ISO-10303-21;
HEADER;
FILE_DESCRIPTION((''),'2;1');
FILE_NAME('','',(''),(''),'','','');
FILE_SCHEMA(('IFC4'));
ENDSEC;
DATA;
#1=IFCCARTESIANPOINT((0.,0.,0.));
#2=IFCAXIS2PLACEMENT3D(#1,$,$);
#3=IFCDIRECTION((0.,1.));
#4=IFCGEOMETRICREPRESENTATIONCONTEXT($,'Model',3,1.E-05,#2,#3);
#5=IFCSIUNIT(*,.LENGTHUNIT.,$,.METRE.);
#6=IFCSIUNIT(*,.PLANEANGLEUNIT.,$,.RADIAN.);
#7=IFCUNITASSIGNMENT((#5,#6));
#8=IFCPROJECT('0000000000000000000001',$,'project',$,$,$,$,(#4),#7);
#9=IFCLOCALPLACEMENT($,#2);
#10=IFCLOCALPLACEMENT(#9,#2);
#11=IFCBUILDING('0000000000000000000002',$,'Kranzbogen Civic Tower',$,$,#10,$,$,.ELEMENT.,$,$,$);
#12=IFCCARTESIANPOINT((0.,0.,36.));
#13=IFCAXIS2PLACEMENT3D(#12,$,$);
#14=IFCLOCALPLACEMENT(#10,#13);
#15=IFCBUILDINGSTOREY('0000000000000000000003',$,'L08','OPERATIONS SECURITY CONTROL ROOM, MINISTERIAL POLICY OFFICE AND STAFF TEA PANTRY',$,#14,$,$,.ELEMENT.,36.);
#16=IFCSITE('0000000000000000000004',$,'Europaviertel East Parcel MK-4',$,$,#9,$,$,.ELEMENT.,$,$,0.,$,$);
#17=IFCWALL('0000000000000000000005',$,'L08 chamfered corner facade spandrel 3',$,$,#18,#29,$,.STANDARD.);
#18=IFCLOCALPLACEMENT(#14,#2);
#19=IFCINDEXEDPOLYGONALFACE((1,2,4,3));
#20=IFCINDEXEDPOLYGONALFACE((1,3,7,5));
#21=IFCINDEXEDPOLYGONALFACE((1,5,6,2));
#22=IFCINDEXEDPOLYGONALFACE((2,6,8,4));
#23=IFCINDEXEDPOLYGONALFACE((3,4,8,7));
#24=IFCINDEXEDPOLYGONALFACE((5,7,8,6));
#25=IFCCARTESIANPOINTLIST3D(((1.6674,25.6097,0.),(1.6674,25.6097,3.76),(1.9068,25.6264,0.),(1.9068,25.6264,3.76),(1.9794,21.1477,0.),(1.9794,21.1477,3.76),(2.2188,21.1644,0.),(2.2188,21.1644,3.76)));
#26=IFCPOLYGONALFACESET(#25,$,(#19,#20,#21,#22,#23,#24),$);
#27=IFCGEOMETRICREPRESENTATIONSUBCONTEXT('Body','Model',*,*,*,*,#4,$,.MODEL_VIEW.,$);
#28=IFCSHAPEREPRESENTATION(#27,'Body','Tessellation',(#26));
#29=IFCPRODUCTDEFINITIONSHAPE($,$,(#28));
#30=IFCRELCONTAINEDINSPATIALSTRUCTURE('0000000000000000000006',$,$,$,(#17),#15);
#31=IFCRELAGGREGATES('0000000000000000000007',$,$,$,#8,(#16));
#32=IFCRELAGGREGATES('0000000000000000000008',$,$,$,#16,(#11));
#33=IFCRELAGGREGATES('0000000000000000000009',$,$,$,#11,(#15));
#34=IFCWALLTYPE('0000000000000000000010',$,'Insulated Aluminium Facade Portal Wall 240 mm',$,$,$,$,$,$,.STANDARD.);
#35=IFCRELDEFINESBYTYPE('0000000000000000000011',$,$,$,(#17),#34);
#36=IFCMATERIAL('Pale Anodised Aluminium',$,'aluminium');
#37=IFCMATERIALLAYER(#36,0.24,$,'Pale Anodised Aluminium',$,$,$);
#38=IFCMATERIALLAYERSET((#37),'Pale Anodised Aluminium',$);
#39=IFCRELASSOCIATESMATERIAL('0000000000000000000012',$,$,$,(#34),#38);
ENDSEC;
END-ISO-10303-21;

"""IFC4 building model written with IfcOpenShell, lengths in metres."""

from ifc_helpers import new_model, si_unit, direction, frame, frame_2d, origin, place, context, subcontext, project, spatial, rectangle, extrude, material, layer, layer_set, type_object, element, save


model = new_model("IFC4")

# Units and contexts
model_context = context("Model", 3, precision=1e-05, world=origin(), true_north=direction((0.0, 1.0)))
body_context = subcontext(model_context, "Body", "Model", "MODEL_VIEW")
ifc_project = project(units=[si_unit("LENGTHUNIT", "METRE"), si_unit("PLANEANGLEUNIT", "RADIAN")], contexts=[model_context])

# Site, building, storey
site_placement = place(None, origin())
site = spatial("IfcSite", under=ifc_project, at=site_placement, Name="Europaviertel East Parcel MK-4", CompositionType="ELEMENT", RefElevation=0.0)
building_placement = place(site_placement, origin())
building = spatial("IfcBuilding", under=site, at=building_placement, Name="Kranzbogen Civic Tower", CompositionType="ELEMENT")
storey_placement = place(building_placement, frame((0.0, 0.0, 36.0)))
storey = spatial("IfcBuildingStorey", under=building, at=storey_placement, Name="L08", Description="OPERATIONS SECURITY CONTROL ROOM, MINISTERIAL POLICY OFFICE AND STAFF TEA PANTRY", CompositionType="ELEMENT", Elevation=36.0)

# Shared definitions
ifc_material_1 = material(Name="Pale Anodised Aluminium", Category="aluminium")

# Shared definitions
ifc_layer_1 = layer(ifc_material_1, 0.24, Name="Pale Anodised Aluminium")
ifc_layer_set_1 = layer_set([ifc_layer_1], Name="Pale Anodised Aluminium")
wall_type_1 = type_object("IfcWallType", Name="Insulated Aluminium Facade Portal Wall 240 mm", PredefinedType="STANDARD", material=ifc_layer_set_1)

# Wall
wall_1_placement = place(storey_placement, frame((1.7871, 25.6179, 0.0), z_axis=(0.0, 0.0, 1.0), x_axis=(0.069757, -0.997564, 0.0)))
element("IfcWall", 1, at=wall_1_placement, inside=storey, type_object=wall_type_1, Name="L08 chamfered corner facade spandrel 3", PredefinedType="STANDARD", context=body_context, shape_type="SweptSolid", body=[
    extrude(rectangle(XDim=4.4729, YDim=0.24, at=frame_2d((2.2363, 0.0))), origin(), (0.0, 0.0, 1.0), 3.76),
])

save(model, "model.ifc")
